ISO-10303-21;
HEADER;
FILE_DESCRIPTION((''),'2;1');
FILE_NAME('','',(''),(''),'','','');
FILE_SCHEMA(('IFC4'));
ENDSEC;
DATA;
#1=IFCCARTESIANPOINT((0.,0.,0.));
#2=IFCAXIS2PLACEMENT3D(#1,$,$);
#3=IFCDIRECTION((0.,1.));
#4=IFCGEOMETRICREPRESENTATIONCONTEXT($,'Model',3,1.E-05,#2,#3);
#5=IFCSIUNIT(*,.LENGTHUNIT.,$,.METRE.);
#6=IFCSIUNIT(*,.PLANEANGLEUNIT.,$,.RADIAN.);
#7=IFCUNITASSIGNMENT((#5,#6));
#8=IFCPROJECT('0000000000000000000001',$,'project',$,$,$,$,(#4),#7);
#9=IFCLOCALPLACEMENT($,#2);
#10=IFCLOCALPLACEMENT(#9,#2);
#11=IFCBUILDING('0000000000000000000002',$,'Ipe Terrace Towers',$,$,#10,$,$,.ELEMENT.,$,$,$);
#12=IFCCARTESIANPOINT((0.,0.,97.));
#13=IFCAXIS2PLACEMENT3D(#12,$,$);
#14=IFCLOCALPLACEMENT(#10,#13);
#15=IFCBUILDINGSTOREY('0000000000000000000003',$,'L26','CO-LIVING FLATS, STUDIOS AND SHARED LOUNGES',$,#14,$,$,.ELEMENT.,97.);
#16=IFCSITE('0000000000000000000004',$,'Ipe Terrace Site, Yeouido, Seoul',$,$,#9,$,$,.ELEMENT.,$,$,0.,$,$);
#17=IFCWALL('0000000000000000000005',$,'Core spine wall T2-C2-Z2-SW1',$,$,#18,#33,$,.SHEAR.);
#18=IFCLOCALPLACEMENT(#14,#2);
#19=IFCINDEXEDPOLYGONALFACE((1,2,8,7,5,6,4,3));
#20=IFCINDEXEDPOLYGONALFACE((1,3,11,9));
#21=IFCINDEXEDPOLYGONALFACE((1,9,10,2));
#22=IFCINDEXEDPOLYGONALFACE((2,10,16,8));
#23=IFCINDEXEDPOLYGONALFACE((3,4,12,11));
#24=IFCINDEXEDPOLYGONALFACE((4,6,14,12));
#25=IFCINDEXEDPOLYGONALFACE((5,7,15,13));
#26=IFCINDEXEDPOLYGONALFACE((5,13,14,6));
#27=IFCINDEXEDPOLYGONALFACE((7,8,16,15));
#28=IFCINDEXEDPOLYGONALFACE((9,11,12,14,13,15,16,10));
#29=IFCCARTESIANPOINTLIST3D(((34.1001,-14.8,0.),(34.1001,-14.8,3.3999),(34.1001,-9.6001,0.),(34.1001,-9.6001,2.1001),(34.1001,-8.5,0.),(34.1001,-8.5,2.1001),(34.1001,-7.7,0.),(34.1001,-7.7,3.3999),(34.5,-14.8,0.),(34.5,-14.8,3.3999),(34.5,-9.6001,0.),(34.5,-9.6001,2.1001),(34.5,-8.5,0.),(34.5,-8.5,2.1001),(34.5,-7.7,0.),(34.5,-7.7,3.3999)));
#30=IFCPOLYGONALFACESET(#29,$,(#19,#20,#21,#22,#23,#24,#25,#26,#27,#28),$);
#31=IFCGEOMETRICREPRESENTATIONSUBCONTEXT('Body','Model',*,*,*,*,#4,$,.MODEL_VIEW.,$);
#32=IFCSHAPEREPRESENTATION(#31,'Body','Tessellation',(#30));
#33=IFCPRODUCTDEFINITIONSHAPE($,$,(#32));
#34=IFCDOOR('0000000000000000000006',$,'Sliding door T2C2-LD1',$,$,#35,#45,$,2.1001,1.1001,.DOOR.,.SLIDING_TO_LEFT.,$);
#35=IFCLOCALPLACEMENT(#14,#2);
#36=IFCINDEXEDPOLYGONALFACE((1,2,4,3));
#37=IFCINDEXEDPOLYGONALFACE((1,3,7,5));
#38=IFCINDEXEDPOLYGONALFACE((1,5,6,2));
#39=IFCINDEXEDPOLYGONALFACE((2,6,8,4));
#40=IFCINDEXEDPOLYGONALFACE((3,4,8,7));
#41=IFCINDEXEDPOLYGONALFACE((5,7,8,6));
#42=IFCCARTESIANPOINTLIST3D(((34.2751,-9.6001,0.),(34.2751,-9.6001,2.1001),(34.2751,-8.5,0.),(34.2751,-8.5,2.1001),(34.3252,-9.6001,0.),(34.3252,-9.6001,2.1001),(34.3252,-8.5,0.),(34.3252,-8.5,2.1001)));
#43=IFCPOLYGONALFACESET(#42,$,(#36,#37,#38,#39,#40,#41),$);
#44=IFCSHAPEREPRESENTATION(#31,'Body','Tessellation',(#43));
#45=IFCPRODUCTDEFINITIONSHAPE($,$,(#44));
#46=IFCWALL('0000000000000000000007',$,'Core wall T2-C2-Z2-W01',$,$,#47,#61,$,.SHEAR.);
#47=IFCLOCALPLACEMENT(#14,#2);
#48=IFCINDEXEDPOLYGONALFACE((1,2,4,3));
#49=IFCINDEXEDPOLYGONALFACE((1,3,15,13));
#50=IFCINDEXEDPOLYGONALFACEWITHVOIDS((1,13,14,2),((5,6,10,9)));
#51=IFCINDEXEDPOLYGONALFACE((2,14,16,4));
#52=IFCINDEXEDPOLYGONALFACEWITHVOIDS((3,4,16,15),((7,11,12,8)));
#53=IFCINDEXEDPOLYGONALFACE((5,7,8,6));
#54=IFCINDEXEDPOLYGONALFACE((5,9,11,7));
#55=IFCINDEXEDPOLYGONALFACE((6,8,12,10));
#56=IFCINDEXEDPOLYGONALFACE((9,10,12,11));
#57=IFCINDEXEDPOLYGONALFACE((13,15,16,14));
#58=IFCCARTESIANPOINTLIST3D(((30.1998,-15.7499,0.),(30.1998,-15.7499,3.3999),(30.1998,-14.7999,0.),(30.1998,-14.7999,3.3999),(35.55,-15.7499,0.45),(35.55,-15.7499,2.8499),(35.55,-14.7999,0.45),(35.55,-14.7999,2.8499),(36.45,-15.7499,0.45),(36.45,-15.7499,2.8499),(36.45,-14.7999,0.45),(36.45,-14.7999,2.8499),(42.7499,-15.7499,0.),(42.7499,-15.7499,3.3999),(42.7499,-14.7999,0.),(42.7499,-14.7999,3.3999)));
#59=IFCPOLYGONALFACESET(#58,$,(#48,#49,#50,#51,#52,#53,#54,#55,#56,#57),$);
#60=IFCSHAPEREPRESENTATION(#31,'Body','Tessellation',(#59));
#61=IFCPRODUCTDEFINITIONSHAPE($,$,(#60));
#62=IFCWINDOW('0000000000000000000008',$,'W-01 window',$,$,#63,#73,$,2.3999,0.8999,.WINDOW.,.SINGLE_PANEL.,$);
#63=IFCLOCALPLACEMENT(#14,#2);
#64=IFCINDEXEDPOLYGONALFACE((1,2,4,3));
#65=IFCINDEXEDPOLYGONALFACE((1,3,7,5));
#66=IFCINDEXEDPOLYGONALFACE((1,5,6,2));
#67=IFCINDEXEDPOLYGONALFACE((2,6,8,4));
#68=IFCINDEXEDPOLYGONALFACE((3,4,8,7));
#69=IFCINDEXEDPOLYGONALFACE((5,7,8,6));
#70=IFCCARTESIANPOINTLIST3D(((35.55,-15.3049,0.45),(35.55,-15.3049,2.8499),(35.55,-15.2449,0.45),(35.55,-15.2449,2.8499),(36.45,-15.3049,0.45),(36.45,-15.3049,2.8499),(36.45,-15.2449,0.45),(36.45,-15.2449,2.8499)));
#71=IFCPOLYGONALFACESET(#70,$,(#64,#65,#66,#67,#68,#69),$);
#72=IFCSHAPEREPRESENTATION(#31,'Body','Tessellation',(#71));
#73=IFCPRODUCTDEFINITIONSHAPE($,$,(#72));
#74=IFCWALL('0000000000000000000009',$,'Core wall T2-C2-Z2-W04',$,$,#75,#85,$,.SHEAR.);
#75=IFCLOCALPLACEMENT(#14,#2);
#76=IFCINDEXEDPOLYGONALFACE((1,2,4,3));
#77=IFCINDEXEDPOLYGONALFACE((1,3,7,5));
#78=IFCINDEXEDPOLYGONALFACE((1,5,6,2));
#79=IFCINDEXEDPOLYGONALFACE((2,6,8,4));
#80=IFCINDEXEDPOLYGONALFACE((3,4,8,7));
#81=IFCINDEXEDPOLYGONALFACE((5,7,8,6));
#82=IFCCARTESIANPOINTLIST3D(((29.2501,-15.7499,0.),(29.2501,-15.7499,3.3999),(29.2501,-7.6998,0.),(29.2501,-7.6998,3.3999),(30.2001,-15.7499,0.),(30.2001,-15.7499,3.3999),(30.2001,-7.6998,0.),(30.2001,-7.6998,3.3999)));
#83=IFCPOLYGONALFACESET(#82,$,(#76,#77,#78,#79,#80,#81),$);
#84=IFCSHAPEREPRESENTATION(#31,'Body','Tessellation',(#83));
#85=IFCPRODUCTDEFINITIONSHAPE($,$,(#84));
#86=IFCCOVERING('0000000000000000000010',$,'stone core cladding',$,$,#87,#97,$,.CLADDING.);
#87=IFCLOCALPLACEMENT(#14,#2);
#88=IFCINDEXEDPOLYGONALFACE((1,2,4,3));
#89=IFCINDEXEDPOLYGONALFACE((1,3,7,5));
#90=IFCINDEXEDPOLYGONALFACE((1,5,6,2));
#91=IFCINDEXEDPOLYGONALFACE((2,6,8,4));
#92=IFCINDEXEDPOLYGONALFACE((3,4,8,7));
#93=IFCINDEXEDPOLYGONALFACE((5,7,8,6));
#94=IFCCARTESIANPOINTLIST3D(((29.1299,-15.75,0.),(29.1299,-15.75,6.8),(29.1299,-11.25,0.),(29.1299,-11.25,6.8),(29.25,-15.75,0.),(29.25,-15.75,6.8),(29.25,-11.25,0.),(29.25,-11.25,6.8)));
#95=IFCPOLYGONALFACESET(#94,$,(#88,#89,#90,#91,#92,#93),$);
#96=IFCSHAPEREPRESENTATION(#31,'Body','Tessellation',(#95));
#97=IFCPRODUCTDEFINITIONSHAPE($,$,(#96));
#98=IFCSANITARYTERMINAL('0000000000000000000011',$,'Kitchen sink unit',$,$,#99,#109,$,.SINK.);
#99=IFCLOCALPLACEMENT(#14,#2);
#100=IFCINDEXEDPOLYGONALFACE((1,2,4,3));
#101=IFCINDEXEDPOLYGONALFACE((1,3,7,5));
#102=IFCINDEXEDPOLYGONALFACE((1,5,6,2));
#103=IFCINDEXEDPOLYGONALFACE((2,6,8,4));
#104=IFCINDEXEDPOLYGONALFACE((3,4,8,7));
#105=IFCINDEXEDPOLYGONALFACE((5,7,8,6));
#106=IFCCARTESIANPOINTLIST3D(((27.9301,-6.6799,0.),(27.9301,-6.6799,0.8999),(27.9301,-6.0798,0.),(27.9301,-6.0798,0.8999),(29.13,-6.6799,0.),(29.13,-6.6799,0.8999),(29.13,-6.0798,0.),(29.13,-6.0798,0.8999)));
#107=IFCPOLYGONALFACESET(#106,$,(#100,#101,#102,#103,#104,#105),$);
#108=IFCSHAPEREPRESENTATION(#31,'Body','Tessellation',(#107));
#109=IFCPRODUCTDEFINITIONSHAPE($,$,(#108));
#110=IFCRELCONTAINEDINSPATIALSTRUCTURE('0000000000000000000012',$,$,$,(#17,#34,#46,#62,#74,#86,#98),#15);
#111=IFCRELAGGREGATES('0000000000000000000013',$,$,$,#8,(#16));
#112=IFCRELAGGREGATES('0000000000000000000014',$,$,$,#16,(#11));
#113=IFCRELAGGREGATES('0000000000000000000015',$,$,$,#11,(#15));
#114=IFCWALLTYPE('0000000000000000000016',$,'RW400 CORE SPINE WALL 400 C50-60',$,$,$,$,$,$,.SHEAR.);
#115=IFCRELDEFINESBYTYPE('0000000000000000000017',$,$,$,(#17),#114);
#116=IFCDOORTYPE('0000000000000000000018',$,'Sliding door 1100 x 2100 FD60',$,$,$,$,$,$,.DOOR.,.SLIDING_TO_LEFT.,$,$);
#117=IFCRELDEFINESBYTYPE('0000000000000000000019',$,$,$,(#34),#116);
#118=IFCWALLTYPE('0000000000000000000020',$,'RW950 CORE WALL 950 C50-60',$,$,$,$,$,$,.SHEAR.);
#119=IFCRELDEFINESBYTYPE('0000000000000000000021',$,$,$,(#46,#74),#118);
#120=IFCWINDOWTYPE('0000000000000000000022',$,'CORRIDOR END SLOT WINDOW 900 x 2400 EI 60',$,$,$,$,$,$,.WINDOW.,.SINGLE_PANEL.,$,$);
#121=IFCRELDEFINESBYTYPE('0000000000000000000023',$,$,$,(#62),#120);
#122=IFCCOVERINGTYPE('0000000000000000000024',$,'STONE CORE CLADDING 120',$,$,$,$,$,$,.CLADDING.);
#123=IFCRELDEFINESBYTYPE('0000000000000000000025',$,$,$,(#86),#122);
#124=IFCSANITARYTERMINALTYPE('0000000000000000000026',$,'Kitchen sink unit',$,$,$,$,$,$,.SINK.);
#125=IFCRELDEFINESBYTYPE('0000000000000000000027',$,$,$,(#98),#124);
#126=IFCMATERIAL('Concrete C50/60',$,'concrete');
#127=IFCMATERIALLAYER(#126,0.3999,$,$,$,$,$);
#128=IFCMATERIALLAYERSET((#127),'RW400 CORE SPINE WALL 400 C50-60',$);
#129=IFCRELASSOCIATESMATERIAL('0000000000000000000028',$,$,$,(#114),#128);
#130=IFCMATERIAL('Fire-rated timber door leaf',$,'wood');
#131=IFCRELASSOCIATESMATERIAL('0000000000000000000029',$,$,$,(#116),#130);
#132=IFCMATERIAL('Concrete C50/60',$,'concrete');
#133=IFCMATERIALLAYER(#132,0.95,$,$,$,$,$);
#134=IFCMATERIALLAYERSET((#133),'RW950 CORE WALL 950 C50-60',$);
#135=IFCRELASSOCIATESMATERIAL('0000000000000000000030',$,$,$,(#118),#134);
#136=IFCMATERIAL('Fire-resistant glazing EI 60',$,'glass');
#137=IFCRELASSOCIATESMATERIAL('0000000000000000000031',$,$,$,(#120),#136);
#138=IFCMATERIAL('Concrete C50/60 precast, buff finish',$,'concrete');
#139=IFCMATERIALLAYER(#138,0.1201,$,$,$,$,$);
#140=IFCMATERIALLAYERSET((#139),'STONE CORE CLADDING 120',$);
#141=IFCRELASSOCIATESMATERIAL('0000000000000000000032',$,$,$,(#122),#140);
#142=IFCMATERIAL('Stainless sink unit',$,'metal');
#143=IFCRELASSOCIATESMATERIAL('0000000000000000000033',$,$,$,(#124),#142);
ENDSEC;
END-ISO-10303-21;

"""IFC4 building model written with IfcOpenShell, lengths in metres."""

from ifc_helpers import new_model, si_unit, direction, frame, frame_2d, origin, origin_2d, place, context, subcontext, project, spatial, rectangle, extrude, material, layer, layer_set, type_object, element, fill, save


model = new_model("IFC4")

# Units and contexts
model_context = context("Model", 3, precision=1e-05, world=origin(), true_north=direction((0.0, 1.0)))
body_context = subcontext(model_context, "Body", "Model", "MODEL_VIEW")
ifc_project = project(units=[si_unit("LENGTHUNIT", "METRE"), si_unit("PLANEANGLEUNIT", "RADIAN")], contexts=[model_context])

# Site, building, storey
site_placement = place(None, origin())
site = spatial("IfcSite", under=ifc_project, at=site_placement, Name="Ipe Terrace Site, Yeouido, Seoul", CompositionType="ELEMENT", RefElevation=0.0)
building_placement = place(site_placement, origin())
building = spatial("IfcBuilding", under=site, at=building_placement, Name="Ipe Terrace Towers", CompositionType="ELEMENT")
storey_placement = place(building_placement, frame((0.0, 0.0, 97.0)))
storey = spatial("IfcBuildingStorey", under=building, at=storey_placement, Name="L26", Description="CO-LIVING FLATS, STUDIOS AND SHARED LOUNGES", CompositionType="ELEMENT", Elevation=97.0)

# Wall, opening, door
ifc_material_1 = material(Name="Concrete C50/60", Category="concrete")
ifc_layer_1 = layer(ifc_material_1, 0.3999)
ifc_layer_set_1 = layer_set([ifc_layer_1], Name="RW400 CORE SPINE WALL 400 C50-60")
wall_type_1 = type_object("IfcWallType", Name="RW400 CORE SPINE WALL 400 C50-60", PredefinedType="SHEAR", material=ifc_layer_set_1)
wall_1_placement = place(storey_placement, frame((34.3, -14.8, 0.0), z_axis=(0.0, 0.0, 1.0), x_axis=(0.0, 1.0, 0.0)))
wall_1 = element("IfcWall", 1, at=wall_1_placement, inside=storey, type_object=wall_type_1, Name="Core spine wall T2-C2-Z2-SW1", PredefinedType="SHEAR", context=body_context, shape_type="SweptSolid", body=[
    extrude(rectangle(XDim=7.1001, YDim=0.3999, at=frame_2d((3.55, 0.0))), origin(), (0.0, 0.0, 1.0), 3.3999),
])
opening_1_placement = place(wall_1_placement, frame((5.2, 0.0, 0.0)))
opening_1 = element("IfcOpeningElement", 2, at=opening_1_placement, cuts=wall_1, PredefinedType="OPENING", context=body_context, shape_type="SweptSolid", body=[
    extrude(rectangle(XDim=1.1001, YDim=2.1001, at=frame_2d((0.55, 1.05))), frame((0.0, 0.21, 0.0), z_axis=(0.0, -1.0, 0.0), x_axis=(1.0, 0.0, 0.0)), (0.0, 0.0, 1.0), 0.4199),
])
ifc_material_2 = material(Name="Fire-rated timber door leaf", Category="wood")
door_type_1 = type_object("IfcDoorType", Name="Sliding door 1100 x 2100 FD60", OperationType="SLIDING_TO_LEFT", PredefinedType="DOOR", material=ifc_material_2)
door_1_placement = place(opening_1_placement, origin())
door_1 = element("IfcDoor", 3, at=door_1_placement, inside=storey, type_object=door_type_1, Name="Sliding door T2C2-LD1", OperationType="SLIDING_TO_LEFT", OverallHeight=2.1001, OverallWidth=1.1001, PredefinedType="DOOR", context=body_context, shape_type="SweptSolid", body=[
    extrude(rectangle(XDim=1.1001, YDim=2.1001, at=frame_2d((0.55, 1.05))), frame((0.0, 0.0249, 0.0), z_axis=(0.0, -1.0, 0.0), x_axis=(1.0, 0.0, 0.0)), (0.0, 0.0, 1.0), 0.05),
])
fill(opening_1, door_1)

# Wall, opening, window
ifc_material_3 = material(Name="Concrete C50/60", Category="concrete")
ifc_layer_2 = layer(ifc_material_3, 0.95)
ifc_layer_set_2 = layer_set([ifc_layer_2], Name="RW950 CORE WALL 950 C50-60")
wall_type_2 = type_object("IfcWallType", Name="RW950 CORE WALL 950 C50-60", PredefinedType="SHEAR", material=ifc_layer_set_2)
wall_2_placement = place(storey_placement, frame((30.2, -15.2749, 0.0), z_axis=(0.0, 0.0, 1.0), x_axis=(1.0, 0.0, 0.0)))
wall_2 = element("IfcWall", 4, at=wall_2_placement, inside=storey, type_object=wall_type_2, Name="Core wall T2-C2-Z2-W01", PredefinedType="SHEAR", context=body_context, shape_type="SweptSolid", body=[
    extrude(rectangle(XDim=12.55, YDim=0.95, at=frame_2d((6.2749, 0.0))), origin(), (0.0, 0.0, 1.0), 3.3999),
])
opening_2_placement = place(wall_2_placement, frame((5.3501, 0.0, 0.45)))
opening_2 = element("IfcOpeningElement", 5, at=opening_2_placement, cuts=wall_2, PredefinedType="OPENING", context=body_context, shape_type="SweptSolid", body=[
    extrude(rectangle(XDim=0.8999, YDim=2.3999, at=frame_2d((0.45, 1.2))), frame((0.0, 0.4849, 0.0), z_axis=(0.0, -1.0, 0.0), x_axis=(1.0, 0.0, 0.0)), (0.0, 0.0, 1.0), 0.97),
])
ifc_material_4 = material(Name="Fire-resistant glazing EI 60", Category="glass")
window_type = type_object("IfcWindowType", Name="CORRIDOR END SLOT WINDOW 900 x 2400 EI 60", PartitioningType="SINGLE_PANEL", PredefinedType="WINDOW", material=ifc_material_4)
window_placement = place(opening_2_placement, origin())
window = element("IfcWindow", 6, at=window_placement, inside=storey, type_object=window_type, Name="W-01 window", OverallHeight=2.3999, OverallWidth=0.8999, PartitioningType="SINGLE_PANEL", PredefinedType="WINDOW", context=body_context, shape_type="SweptSolid", body=[
    extrude(rectangle(XDim=0.8999, YDim=2.3999, at=frame_2d((0.45, 1.2))), frame((0.0, 0.03, 0.0), z_axis=(0.0, -1.0, 0.0), x_axis=(1.0, 0.0, 0.0)), (0.0, 0.0, 1.0), 0.0601),
])
fill(opening_2, window)

# Wall
wall_3_placement = place(storey_placement, frame((29.7251, -7.7, 0.0), z_axis=(0.0, 0.0, 1.0), x_axis=(0.0, -1.0, 0.0)))
element("IfcWall", 7, at=wall_3_placement, inside=storey, type_object=wall_type_2, Name="Core wall T2-C2-Z2-W04", PredefinedType="SHEAR", context=body_context, shape_type="SweptSolid", body=[
    extrude(rectangle(XDim=8.05, YDim=0.95, at=frame_2d((4.0249, 0.0))), origin(), (0.0, 0.0, 1.0), 3.3999),
])

# Covering
ifc_material_5 = material(Name="Concrete C50/60 precast, buff finish", Category="concrete")
ifc_layer_3 = layer(ifc_material_5, 0.1201)
ifc_layer_set_3 = layer_set([ifc_layer_3], Name="STONE CORE CLADDING 120")
covering_type = type_object("IfcCoveringType", Name="STONE CORE CLADDING 120", PredefinedType="CLADDING", material=ifc_layer_set_3)
covering_placement = place(storey_placement, frame((29.1899, -13.5, 0.0), z_axis=(0.0, 0.0, 1.0), x_axis=(0.0, -1.0, 0.0)))
element("IfcCovering", 8, at=covering_placement, inside=storey, type_object=covering_type, Name="stone core cladding", PredefinedType="CLADDING", context=body_context, shape_type="SweptSolid", body=[
    extrude(rectangle(XDim=4.5, YDim=0.1201, at=origin_2d()), origin(), (0.0, 0.0, 1.0), 6.8),
])

# Sanitary terminal
ifc_material_6 = material(Name="Stainless sink unit", Category="metal")
sanitary_terminal_type = type_object("IfcSanitaryTerminalType", Name="Kitchen sink unit", PredefinedType="SINK", material=ifc_material_6)
sanitary_terminal_placement = place(storey_placement, frame((28.53, -6.3799, 0.0), z_axis=(0.0, 0.0, 1.0), x_axis=(-1.0, 0.0, 0.0)))
element("IfcSanitaryTerminal", 9, at=sanitary_terminal_placement, inside=storey, type_object=sanitary_terminal_type, Name="Kitchen sink unit", PredefinedType="SINK", context=body_context, shape_type="SweptSolid", body=[
    extrude(rectangle(XDim=1.2, YDim=0.6001, at=origin_2d()), origin(), (0.0, 0.0, 1.0), 0.8999),
])

save(model, "model.ifc")
